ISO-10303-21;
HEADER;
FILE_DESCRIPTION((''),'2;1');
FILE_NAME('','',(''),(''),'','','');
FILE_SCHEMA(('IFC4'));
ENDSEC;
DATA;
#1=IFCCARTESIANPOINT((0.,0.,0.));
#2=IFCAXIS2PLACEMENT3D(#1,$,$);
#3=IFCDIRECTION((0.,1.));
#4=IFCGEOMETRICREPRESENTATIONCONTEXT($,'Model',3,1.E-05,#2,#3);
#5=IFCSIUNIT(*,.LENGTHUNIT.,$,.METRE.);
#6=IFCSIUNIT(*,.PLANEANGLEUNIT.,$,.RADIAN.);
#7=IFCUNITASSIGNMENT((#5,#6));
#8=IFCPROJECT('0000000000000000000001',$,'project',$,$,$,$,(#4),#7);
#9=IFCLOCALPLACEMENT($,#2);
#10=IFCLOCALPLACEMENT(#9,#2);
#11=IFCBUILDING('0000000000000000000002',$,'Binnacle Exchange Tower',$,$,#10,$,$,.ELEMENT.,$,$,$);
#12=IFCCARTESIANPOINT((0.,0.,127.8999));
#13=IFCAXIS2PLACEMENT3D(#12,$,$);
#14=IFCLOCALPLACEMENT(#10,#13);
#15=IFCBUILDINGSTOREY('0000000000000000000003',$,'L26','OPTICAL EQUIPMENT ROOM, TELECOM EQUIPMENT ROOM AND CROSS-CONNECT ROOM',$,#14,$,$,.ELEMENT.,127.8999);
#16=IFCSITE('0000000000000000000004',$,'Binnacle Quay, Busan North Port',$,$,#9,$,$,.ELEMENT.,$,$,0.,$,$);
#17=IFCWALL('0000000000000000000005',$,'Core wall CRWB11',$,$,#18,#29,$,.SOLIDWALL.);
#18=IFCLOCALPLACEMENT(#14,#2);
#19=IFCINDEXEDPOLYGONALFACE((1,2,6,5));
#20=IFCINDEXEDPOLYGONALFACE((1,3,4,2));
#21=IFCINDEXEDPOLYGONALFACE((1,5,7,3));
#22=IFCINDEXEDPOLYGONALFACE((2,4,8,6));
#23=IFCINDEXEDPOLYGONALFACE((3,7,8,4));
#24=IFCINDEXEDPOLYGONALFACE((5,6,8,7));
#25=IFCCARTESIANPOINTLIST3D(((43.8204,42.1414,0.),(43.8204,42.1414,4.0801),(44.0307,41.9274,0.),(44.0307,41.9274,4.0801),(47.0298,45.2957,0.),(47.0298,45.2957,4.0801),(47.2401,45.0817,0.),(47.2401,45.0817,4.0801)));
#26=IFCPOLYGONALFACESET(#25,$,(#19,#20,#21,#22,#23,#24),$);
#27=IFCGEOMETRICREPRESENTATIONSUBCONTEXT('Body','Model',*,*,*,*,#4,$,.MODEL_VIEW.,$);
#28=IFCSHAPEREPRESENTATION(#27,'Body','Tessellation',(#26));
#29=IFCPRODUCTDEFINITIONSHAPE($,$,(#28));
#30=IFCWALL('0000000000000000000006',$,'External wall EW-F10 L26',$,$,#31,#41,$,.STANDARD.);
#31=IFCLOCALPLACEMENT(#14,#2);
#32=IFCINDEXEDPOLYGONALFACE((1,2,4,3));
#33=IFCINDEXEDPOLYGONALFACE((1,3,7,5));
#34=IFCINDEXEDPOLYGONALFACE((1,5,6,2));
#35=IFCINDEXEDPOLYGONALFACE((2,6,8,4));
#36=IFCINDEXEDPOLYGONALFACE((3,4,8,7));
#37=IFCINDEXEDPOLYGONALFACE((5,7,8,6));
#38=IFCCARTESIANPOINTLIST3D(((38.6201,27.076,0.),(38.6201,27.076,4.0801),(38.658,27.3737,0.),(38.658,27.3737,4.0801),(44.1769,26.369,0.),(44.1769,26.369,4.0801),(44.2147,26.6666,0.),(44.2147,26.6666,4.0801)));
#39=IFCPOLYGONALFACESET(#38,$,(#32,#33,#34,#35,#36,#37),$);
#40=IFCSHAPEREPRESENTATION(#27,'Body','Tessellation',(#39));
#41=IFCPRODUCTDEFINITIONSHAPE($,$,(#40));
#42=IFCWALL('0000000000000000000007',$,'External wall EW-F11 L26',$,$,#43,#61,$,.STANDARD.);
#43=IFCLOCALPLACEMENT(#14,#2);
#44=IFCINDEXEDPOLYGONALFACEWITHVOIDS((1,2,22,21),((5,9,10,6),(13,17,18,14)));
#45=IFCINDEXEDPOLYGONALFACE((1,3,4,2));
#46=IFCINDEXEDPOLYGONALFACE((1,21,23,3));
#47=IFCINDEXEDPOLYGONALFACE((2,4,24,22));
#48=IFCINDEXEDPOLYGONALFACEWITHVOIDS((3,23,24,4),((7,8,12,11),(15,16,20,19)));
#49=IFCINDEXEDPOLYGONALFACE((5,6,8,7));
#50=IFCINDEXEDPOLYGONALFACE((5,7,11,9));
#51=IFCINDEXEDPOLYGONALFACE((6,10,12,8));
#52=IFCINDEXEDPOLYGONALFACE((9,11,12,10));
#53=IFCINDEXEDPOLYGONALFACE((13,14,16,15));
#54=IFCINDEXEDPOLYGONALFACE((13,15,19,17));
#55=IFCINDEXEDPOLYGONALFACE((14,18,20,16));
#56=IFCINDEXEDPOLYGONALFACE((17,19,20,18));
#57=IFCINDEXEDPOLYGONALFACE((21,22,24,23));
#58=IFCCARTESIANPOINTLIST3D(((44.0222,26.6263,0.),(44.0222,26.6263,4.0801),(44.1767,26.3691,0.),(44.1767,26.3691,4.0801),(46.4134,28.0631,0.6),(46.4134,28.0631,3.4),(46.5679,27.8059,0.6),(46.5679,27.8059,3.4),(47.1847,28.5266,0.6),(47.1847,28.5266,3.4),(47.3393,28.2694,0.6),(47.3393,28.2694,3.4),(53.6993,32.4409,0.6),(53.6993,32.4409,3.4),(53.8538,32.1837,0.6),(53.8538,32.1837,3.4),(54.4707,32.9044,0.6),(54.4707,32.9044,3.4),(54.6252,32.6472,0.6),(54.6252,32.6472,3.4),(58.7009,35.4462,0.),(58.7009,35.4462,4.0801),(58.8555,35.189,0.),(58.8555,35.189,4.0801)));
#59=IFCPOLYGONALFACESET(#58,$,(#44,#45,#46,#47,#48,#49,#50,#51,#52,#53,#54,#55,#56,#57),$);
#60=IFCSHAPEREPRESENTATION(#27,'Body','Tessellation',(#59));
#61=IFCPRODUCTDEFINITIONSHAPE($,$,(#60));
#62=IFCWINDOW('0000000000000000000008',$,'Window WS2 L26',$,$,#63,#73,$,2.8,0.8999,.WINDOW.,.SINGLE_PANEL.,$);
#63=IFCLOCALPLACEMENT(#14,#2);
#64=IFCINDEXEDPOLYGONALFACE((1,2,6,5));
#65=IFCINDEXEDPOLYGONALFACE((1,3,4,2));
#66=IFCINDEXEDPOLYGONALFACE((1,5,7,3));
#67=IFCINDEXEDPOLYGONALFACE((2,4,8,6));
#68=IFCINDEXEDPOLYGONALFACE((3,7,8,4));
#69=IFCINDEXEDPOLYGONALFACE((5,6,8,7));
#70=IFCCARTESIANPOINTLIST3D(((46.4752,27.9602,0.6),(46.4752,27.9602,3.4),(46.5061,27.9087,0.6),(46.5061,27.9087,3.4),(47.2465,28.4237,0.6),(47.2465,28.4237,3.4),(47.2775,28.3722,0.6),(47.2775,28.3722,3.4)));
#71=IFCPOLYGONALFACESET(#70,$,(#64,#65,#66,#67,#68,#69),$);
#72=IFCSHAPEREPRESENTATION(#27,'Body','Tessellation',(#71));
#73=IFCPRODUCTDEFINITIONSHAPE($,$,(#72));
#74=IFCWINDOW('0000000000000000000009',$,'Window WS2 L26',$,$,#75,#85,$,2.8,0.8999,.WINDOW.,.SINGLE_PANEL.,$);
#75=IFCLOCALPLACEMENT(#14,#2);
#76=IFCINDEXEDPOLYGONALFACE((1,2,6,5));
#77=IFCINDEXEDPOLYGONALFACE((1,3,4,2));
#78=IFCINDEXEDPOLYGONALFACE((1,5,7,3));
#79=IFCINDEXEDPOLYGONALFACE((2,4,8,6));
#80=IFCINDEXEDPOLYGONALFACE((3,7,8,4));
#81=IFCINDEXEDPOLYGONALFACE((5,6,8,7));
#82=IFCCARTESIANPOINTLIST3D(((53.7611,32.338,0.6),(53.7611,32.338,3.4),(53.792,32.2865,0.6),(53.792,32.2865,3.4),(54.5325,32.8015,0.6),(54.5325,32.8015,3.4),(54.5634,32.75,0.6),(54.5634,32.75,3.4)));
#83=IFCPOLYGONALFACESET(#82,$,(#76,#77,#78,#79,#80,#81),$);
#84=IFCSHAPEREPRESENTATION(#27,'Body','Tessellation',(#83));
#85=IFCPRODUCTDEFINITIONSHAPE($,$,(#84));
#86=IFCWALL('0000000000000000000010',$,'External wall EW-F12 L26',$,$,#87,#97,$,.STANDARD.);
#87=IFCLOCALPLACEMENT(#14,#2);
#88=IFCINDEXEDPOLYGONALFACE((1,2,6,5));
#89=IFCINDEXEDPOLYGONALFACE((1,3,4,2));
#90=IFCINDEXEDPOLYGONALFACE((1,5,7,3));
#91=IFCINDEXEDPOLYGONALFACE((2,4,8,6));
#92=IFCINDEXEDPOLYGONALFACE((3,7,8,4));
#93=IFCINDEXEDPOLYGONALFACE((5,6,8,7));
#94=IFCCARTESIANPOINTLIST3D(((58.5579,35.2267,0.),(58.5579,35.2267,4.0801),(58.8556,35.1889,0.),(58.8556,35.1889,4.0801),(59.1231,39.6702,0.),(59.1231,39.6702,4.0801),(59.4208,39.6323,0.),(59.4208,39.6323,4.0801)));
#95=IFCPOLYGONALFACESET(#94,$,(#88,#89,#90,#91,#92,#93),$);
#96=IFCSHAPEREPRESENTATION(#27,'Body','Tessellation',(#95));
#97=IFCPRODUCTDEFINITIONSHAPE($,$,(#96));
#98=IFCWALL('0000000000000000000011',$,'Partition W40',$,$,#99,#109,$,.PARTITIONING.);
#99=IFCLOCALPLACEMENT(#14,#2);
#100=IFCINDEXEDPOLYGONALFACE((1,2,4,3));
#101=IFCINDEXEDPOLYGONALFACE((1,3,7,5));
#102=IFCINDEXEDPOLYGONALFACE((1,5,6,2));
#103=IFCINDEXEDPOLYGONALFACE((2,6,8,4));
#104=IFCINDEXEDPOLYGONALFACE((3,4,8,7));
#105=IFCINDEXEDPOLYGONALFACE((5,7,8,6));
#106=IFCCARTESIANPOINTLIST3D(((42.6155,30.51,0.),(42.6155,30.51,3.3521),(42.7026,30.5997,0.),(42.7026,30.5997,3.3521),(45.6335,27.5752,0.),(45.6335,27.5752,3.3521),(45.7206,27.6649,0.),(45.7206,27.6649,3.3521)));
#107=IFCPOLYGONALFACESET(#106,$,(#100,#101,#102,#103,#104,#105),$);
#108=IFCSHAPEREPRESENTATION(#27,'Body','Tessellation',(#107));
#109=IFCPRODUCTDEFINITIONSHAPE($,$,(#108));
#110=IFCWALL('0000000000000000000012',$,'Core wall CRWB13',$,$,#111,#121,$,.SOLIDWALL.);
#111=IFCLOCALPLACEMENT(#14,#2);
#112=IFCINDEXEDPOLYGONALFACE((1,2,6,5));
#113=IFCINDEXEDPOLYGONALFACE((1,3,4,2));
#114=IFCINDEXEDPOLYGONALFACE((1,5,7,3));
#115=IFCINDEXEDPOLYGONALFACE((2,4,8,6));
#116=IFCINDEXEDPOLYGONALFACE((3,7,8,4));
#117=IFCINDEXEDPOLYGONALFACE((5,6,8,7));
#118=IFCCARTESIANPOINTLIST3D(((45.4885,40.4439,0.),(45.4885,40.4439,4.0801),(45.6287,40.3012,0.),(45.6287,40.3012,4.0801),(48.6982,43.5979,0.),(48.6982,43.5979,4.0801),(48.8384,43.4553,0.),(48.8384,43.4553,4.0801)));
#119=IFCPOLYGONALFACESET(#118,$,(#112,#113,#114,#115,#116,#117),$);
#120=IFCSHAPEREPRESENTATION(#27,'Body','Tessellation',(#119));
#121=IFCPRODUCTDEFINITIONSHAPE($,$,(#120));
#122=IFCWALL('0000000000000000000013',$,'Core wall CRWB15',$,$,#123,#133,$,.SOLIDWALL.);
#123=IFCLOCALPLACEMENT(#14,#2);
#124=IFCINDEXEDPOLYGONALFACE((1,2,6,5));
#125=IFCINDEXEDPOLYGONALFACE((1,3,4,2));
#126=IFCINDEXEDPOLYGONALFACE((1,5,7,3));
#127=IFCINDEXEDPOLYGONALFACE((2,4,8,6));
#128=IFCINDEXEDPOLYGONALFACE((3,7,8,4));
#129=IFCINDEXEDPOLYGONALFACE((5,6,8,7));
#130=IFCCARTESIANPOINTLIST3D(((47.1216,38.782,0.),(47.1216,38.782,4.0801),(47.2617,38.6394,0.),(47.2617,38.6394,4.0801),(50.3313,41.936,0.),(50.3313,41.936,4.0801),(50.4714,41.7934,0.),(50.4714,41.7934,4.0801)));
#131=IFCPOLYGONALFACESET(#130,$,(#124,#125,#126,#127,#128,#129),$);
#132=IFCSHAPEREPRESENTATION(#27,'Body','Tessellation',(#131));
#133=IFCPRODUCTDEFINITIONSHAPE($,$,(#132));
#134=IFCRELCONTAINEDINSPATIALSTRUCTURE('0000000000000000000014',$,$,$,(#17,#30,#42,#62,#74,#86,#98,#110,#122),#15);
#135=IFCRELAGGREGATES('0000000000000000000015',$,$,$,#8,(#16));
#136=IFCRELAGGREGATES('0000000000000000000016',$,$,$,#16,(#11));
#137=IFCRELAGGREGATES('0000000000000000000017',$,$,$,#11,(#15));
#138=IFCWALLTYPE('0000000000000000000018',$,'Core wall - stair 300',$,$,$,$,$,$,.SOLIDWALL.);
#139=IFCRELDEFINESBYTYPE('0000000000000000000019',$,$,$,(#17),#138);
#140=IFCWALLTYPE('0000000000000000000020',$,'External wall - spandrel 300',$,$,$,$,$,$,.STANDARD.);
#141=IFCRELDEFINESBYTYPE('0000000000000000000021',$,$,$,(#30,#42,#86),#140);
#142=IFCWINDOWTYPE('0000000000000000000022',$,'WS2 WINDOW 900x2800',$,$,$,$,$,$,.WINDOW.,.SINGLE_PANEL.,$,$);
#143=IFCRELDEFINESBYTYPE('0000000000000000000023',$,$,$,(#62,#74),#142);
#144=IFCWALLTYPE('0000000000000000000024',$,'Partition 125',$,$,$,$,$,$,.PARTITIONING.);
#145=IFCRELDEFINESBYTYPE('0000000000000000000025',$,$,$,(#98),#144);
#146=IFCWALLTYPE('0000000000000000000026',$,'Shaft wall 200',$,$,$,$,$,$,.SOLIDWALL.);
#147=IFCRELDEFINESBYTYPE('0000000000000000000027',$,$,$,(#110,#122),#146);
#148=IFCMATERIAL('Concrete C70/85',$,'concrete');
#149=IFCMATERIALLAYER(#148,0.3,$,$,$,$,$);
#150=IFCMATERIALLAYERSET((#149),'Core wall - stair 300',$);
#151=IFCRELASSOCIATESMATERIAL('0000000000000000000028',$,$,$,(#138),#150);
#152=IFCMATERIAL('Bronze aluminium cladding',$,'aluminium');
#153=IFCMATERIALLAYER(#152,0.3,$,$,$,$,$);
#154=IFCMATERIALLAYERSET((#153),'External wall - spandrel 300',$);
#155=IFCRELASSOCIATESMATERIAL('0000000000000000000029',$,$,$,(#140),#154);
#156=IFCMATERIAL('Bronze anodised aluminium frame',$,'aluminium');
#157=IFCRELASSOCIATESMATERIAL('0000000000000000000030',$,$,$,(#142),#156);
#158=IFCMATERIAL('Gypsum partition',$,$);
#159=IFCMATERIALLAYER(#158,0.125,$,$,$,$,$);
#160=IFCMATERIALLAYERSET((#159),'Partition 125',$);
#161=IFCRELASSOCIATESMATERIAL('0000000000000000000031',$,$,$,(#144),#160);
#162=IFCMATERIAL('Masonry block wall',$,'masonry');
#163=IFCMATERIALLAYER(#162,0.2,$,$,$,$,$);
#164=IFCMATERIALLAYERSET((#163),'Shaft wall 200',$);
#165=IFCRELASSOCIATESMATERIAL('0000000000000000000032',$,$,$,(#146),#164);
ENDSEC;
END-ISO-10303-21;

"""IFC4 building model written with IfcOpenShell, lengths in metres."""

from ifc_helpers import new_model, si_unit, direction, frame, frame_2d, origin, place, context, subcontext, project, spatial, rectangle, extrude, material, layer, layer_set, type_object, element, fill, save


model = new_model("IFC4")

# Units and contexts
model_context = context("Model", 3, precision=1e-05, world=origin(), true_north=direction((0.0, 1.0)))
body_context = subcontext(model_context, "Body", "Model", "MODEL_VIEW")
ifc_project = project(units=[si_unit("LENGTHUNIT", "METRE"), si_unit("PLANEANGLEUNIT", "RADIAN")], contexts=[model_context])

# Site, building, storey
site_placement = place(None, origin())
site = spatial("IfcSite", under=ifc_project, at=site_placement, Name="Binnacle Quay, Busan North Port", CompositionType="ELEMENT", RefElevation=0.0)
building_placement = place(site_placement, origin())
building = spatial("IfcBuilding", under=site, at=building_placement, Name="Binnacle Exchange Tower", CompositionType="ELEMENT")
storey_placement = place(building_placement, frame((0.0, 0.0, 127.8999)))
storey = spatial("IfcBuildingStorey", under=building, at=storey_placement, Name="L26", Description="OPTICAL EQUIPMENT ROOM, TELECOM EQUIPMENT ROOM AND CROSS-CONNECT ROOM", CompositionType="ELEMENT", Elevation=127.8999)

# Shared definitions
ifc_material_1 = material(Name="Concrete C70/85", Category="concrete")

# Walls
ifc_layer_1 = layer(ifc_material_1, 0.3)
ifc_layer_set_1 = layer_set([ifc_layer_1], Name="Core wall - stair 300")
wall_type_1 = type_object("IfcWallType", Name="Core wall - stair 300", PredefinedType="SOLIDWALL", material=ifc_layer_set_1)
wall_1_placement = place(storey_placement, frame((43.9255, 42.0344, 0.0), z_axis=(0.0, 0.0, 1.0), x_axis=(0.713211, 0.70095, 0.0)))
element("IfcWall", 1, at=wall_1_placement, inside=storey, type_object=wall_type_1, Name="Core wall CRWB11", PredefinedType="SOLIDWALL", context=body_context, shape_type="SweptSolid", body=[
    extrude(rectangle(XDim=4.5, YDim=0.3, at=frame_2d((2.25, 0.0))), origin(), (0.0, 0.0, 1.0), 4.0801),
])
ifc_material_2 = material(Name="Bronze aluminium cladding", Category="aluminium")
ifc_layer_2 = layer(ifc_material_2, 0.3)
ifc_layer_set_2 = layer_set([ifc_layer_2], Name="External wall - spandrel 300")
wall_type_2 = type_object("IfcWallType", Name="External wall - spandrel 300", PredefinedType="STANDARD", material=ifc_layer_set_2)
wall_2_placement = place(storey_placement, frame((44.1958, 26.5178, 0.0), z_axis=(0.0, 0.0, 1.0), x_axis=(-0.992002, 0.126223, 0.0)))
element("IfcWall", 2, at=wall_2_placement, inside=storey, type_object=wall_type_2, Name="External wall EW-F10 L26", PredefinedType="STANDARD", context=body_context, shape_type="SweptSolid", body=[
    extrude(rectangle(XDim=5.6016, YDim=0.3, at=frame_2d((2.8008, 0.0))), origin(), (0.0, 0.0, 1.0), 4.0801),
])

# Wall, openings, windows
wall_3_placement = place(storey_placement, frame((58.7783, 35.3176, 0.0), z_axis=(0.0, 0.0, 1.0), x_axis=(-0.857168, -0.515037, 0.0)))
wall_3 = element("IfcWall", 3, at=wall_3_placement, inside=storey, type_object=wall_type_2, Name="External wall EW-F11 L26", PredefinedType="STANDARD", context=body_context, shape_type="SweptSolid", body=[
    extrude(rectangle(XDim=17.1248, YDim=0.3, at=frame_2d((8.5625, 0.0))), origin(), (0.0, 0.0, 1.0), 4.0801),
])
opening_1_placement = place(wall_3_placement, frame((13.4353, 0.0, 0.6001)))
opening_1 = element("IfcOpeningElement", 4, at=opening_1_placement, cuts=wall_3, PredefinedType="OPENING", context=body_context, shape_type="SweptSolid", body=[
    extrude(rectangle(XDim=0.8999, YDim=2.8, at=frame_2d((0.45, 1.3999))), frame((0.0, 0.1599, 0.0), z_axis=(0.0, -1.0, 0.0), x_axis=(1.0, 0.0, 0.0)), (0.0, 0.0, 1.0), 0.3201),
])
opening_2_placement = place(wall_3_placement, frame((4.9353, 0.0, 0.6001)))
opening_2 = element("IfcOpeningElement", 5, at=opening_2_placement, cuts=wall_3, PredefinedType="OPENING", context=body_context, shape_type="SweptSolid", body=[
    extrude(rectangle(XDim=0.8999, YDim=2.8, at=frame_2d((0.45, 1.3999))), frame((0.0, 0.1599, 0.0), z_axis=(0.0, -1.0, 0.0), x_axis=(1.0, 0.0, 0.0)), (0.0, 0.0, 1.0), 0.3201),
])
ifc_material_3 = material(Name="Bronze anodised aluminium frame", Category="aluminium")
window_type = type_object("IfcWindowType", Name="WS2 WINDOW 900x2800", PartitioningType="SINGLE_PANEL", PredefinedType="WINDOW", material=ifc_material_3)
window_1_placement = place(opening_1_placement, origin())
window_1 = element("IfcWindow", 6, at=window_1_placement, inside=storey, type_object=window_type, Name="Window WS2 L26", OverallHeight=2.8, OverallWidth=0.8999, PartitioningType="SINGLE_PANEL", PredefinedType="WINDOW", context=body_context, shape_type="SweptSolid", body=[
    extrude(rectangle(XDim=0.8999, YDim=2.8, at=frame_2d((0.45, 1.3999))), frame((0.0, 0.03, 0.0), z_axis=(0.0, -1.0, 0.0), x_axis=(1.0, 0.0, 0.0)), (0.0, 0.0, 1.0), 0.0601),
])
fill(opening_1, window_1)
window_2_placement = place(opening_2_placement, origin())
window_2 = element("IfcWindow", 7, at=window_2_placement, inside=storey, type_object=window_type, Name="Window WS2 L26", OverallHeight=2.8, OverallWidth=0.8999, PartitioningType="SINGLE_PANEL", PredefinedType="WINDOW", context=body_context, shape_type="SweptSolid", body=[
    extrude(rectangle(XDim=0.8999, YDim=2.8, at=frame_2d((0.45, 1.3999))), frame((0.0, 0.03, 0.0), z_axis=(0.0, -1.0, 0.0), x_axis=(1.0, 0.0, 0.0)), (0.0, 0.0, 1.0), 0.0601),
])
fill(opening_2, window_2)

# Walls
wall_4_placement = place(storey_placement, frame((59.272, 39.6514, 0.0), z_axis=(0.0, 0.0, 1.0), x_axis=(-0.126181, -0.992007, 0.0)))
element("IfcWall", 8, at=wall_4_placement, inside=storey, type_object=wall_type_2, Name="External wall EW-F12 L26", PredefinedType="STANDARD", context=body_context, shape_type="SweptSolid", body=[
    extrude(rectangle(XDim=4.4792, YDim=0.3, at=frame_2d((2.2397, 0.0))), origin(), (0.0, 0.0, 1.0), 4.0801),
])
ifc_material_4 = material(Name="Gypsum partition")
ifc_layer_3 = layer(ifc_material_4, 0.125)
ifc_layer_set_3 = layer_set([ifc_layer_3], Name="Partition 125")
wall_type_3 = type_object("IfcWallType", Name="Partition 125", PredefinedType="PARTITIONING", material=ifc_layer_set_3)
wall_5_placement = place(storey_placement, frame((42.6589, 30.5549, 0.0), z_axis=(0.0, 0.0, 1.0), x_axis=(0.716926, -0.69715, 0.0)))
element("IfcWall", 9, at=wall_5_placement, inside=storey, type_object=wall_type_3, Name="Partition W40", PredefinedType="PARTITIONING", context=body_context, shape_type="SweptSolid", body=[
    extrude(rectangle(XDim=4.2097, YDim=0.125, at=frame_2d((2.105, 0.0))), origin(), (0.0, 0.0, 1.0), 3.3521),
])
ifc_material_5 = material(Name="Masonry block wall", Category="masonry")
ifc_layer_4 = layer(ifc_material_5, 0.2)
ifc_layer_set_4 = layer_set([ifc_layer_4], Name="Shaft wall 200")
wall_type_4 = type_object("IfcWallType", Name="Shaft wall 200", PredefinedType="SOLIDWALL", material=ifc_layer_set_4)
for number, where, z_axis, x_axis, name in (
    (10, (45.5586, 40.3726, 0.0), (0.0, 0.0, 1.0), (0.713265, 0.700895, 0.0), "Core wall CRWB13"),
    (11, (47.1917, 38.7107, 0.0), (0.0, 0.0, 1.0), (0.713265, 0.700895, 0.0), "Core wall CRWB15"),
):
    element("IfcWall", number, at=place(storey_placement, frame(where, z_axis=z_axis, x_axis=x_axis)), inside=storey, type_object=wall_type_4, Name=name, PredefinedType="SOLIDWALL", context=body_context, shape_type="SweptSolid", body=[
        extrude(rectangle(XDim=4.5, YDim=0.2, at=frame_2d((2.25, 0.0))), origin(), (0.0, 0.0, 1.0), 4.0801),
    ])

save(model, "model.ifc")
